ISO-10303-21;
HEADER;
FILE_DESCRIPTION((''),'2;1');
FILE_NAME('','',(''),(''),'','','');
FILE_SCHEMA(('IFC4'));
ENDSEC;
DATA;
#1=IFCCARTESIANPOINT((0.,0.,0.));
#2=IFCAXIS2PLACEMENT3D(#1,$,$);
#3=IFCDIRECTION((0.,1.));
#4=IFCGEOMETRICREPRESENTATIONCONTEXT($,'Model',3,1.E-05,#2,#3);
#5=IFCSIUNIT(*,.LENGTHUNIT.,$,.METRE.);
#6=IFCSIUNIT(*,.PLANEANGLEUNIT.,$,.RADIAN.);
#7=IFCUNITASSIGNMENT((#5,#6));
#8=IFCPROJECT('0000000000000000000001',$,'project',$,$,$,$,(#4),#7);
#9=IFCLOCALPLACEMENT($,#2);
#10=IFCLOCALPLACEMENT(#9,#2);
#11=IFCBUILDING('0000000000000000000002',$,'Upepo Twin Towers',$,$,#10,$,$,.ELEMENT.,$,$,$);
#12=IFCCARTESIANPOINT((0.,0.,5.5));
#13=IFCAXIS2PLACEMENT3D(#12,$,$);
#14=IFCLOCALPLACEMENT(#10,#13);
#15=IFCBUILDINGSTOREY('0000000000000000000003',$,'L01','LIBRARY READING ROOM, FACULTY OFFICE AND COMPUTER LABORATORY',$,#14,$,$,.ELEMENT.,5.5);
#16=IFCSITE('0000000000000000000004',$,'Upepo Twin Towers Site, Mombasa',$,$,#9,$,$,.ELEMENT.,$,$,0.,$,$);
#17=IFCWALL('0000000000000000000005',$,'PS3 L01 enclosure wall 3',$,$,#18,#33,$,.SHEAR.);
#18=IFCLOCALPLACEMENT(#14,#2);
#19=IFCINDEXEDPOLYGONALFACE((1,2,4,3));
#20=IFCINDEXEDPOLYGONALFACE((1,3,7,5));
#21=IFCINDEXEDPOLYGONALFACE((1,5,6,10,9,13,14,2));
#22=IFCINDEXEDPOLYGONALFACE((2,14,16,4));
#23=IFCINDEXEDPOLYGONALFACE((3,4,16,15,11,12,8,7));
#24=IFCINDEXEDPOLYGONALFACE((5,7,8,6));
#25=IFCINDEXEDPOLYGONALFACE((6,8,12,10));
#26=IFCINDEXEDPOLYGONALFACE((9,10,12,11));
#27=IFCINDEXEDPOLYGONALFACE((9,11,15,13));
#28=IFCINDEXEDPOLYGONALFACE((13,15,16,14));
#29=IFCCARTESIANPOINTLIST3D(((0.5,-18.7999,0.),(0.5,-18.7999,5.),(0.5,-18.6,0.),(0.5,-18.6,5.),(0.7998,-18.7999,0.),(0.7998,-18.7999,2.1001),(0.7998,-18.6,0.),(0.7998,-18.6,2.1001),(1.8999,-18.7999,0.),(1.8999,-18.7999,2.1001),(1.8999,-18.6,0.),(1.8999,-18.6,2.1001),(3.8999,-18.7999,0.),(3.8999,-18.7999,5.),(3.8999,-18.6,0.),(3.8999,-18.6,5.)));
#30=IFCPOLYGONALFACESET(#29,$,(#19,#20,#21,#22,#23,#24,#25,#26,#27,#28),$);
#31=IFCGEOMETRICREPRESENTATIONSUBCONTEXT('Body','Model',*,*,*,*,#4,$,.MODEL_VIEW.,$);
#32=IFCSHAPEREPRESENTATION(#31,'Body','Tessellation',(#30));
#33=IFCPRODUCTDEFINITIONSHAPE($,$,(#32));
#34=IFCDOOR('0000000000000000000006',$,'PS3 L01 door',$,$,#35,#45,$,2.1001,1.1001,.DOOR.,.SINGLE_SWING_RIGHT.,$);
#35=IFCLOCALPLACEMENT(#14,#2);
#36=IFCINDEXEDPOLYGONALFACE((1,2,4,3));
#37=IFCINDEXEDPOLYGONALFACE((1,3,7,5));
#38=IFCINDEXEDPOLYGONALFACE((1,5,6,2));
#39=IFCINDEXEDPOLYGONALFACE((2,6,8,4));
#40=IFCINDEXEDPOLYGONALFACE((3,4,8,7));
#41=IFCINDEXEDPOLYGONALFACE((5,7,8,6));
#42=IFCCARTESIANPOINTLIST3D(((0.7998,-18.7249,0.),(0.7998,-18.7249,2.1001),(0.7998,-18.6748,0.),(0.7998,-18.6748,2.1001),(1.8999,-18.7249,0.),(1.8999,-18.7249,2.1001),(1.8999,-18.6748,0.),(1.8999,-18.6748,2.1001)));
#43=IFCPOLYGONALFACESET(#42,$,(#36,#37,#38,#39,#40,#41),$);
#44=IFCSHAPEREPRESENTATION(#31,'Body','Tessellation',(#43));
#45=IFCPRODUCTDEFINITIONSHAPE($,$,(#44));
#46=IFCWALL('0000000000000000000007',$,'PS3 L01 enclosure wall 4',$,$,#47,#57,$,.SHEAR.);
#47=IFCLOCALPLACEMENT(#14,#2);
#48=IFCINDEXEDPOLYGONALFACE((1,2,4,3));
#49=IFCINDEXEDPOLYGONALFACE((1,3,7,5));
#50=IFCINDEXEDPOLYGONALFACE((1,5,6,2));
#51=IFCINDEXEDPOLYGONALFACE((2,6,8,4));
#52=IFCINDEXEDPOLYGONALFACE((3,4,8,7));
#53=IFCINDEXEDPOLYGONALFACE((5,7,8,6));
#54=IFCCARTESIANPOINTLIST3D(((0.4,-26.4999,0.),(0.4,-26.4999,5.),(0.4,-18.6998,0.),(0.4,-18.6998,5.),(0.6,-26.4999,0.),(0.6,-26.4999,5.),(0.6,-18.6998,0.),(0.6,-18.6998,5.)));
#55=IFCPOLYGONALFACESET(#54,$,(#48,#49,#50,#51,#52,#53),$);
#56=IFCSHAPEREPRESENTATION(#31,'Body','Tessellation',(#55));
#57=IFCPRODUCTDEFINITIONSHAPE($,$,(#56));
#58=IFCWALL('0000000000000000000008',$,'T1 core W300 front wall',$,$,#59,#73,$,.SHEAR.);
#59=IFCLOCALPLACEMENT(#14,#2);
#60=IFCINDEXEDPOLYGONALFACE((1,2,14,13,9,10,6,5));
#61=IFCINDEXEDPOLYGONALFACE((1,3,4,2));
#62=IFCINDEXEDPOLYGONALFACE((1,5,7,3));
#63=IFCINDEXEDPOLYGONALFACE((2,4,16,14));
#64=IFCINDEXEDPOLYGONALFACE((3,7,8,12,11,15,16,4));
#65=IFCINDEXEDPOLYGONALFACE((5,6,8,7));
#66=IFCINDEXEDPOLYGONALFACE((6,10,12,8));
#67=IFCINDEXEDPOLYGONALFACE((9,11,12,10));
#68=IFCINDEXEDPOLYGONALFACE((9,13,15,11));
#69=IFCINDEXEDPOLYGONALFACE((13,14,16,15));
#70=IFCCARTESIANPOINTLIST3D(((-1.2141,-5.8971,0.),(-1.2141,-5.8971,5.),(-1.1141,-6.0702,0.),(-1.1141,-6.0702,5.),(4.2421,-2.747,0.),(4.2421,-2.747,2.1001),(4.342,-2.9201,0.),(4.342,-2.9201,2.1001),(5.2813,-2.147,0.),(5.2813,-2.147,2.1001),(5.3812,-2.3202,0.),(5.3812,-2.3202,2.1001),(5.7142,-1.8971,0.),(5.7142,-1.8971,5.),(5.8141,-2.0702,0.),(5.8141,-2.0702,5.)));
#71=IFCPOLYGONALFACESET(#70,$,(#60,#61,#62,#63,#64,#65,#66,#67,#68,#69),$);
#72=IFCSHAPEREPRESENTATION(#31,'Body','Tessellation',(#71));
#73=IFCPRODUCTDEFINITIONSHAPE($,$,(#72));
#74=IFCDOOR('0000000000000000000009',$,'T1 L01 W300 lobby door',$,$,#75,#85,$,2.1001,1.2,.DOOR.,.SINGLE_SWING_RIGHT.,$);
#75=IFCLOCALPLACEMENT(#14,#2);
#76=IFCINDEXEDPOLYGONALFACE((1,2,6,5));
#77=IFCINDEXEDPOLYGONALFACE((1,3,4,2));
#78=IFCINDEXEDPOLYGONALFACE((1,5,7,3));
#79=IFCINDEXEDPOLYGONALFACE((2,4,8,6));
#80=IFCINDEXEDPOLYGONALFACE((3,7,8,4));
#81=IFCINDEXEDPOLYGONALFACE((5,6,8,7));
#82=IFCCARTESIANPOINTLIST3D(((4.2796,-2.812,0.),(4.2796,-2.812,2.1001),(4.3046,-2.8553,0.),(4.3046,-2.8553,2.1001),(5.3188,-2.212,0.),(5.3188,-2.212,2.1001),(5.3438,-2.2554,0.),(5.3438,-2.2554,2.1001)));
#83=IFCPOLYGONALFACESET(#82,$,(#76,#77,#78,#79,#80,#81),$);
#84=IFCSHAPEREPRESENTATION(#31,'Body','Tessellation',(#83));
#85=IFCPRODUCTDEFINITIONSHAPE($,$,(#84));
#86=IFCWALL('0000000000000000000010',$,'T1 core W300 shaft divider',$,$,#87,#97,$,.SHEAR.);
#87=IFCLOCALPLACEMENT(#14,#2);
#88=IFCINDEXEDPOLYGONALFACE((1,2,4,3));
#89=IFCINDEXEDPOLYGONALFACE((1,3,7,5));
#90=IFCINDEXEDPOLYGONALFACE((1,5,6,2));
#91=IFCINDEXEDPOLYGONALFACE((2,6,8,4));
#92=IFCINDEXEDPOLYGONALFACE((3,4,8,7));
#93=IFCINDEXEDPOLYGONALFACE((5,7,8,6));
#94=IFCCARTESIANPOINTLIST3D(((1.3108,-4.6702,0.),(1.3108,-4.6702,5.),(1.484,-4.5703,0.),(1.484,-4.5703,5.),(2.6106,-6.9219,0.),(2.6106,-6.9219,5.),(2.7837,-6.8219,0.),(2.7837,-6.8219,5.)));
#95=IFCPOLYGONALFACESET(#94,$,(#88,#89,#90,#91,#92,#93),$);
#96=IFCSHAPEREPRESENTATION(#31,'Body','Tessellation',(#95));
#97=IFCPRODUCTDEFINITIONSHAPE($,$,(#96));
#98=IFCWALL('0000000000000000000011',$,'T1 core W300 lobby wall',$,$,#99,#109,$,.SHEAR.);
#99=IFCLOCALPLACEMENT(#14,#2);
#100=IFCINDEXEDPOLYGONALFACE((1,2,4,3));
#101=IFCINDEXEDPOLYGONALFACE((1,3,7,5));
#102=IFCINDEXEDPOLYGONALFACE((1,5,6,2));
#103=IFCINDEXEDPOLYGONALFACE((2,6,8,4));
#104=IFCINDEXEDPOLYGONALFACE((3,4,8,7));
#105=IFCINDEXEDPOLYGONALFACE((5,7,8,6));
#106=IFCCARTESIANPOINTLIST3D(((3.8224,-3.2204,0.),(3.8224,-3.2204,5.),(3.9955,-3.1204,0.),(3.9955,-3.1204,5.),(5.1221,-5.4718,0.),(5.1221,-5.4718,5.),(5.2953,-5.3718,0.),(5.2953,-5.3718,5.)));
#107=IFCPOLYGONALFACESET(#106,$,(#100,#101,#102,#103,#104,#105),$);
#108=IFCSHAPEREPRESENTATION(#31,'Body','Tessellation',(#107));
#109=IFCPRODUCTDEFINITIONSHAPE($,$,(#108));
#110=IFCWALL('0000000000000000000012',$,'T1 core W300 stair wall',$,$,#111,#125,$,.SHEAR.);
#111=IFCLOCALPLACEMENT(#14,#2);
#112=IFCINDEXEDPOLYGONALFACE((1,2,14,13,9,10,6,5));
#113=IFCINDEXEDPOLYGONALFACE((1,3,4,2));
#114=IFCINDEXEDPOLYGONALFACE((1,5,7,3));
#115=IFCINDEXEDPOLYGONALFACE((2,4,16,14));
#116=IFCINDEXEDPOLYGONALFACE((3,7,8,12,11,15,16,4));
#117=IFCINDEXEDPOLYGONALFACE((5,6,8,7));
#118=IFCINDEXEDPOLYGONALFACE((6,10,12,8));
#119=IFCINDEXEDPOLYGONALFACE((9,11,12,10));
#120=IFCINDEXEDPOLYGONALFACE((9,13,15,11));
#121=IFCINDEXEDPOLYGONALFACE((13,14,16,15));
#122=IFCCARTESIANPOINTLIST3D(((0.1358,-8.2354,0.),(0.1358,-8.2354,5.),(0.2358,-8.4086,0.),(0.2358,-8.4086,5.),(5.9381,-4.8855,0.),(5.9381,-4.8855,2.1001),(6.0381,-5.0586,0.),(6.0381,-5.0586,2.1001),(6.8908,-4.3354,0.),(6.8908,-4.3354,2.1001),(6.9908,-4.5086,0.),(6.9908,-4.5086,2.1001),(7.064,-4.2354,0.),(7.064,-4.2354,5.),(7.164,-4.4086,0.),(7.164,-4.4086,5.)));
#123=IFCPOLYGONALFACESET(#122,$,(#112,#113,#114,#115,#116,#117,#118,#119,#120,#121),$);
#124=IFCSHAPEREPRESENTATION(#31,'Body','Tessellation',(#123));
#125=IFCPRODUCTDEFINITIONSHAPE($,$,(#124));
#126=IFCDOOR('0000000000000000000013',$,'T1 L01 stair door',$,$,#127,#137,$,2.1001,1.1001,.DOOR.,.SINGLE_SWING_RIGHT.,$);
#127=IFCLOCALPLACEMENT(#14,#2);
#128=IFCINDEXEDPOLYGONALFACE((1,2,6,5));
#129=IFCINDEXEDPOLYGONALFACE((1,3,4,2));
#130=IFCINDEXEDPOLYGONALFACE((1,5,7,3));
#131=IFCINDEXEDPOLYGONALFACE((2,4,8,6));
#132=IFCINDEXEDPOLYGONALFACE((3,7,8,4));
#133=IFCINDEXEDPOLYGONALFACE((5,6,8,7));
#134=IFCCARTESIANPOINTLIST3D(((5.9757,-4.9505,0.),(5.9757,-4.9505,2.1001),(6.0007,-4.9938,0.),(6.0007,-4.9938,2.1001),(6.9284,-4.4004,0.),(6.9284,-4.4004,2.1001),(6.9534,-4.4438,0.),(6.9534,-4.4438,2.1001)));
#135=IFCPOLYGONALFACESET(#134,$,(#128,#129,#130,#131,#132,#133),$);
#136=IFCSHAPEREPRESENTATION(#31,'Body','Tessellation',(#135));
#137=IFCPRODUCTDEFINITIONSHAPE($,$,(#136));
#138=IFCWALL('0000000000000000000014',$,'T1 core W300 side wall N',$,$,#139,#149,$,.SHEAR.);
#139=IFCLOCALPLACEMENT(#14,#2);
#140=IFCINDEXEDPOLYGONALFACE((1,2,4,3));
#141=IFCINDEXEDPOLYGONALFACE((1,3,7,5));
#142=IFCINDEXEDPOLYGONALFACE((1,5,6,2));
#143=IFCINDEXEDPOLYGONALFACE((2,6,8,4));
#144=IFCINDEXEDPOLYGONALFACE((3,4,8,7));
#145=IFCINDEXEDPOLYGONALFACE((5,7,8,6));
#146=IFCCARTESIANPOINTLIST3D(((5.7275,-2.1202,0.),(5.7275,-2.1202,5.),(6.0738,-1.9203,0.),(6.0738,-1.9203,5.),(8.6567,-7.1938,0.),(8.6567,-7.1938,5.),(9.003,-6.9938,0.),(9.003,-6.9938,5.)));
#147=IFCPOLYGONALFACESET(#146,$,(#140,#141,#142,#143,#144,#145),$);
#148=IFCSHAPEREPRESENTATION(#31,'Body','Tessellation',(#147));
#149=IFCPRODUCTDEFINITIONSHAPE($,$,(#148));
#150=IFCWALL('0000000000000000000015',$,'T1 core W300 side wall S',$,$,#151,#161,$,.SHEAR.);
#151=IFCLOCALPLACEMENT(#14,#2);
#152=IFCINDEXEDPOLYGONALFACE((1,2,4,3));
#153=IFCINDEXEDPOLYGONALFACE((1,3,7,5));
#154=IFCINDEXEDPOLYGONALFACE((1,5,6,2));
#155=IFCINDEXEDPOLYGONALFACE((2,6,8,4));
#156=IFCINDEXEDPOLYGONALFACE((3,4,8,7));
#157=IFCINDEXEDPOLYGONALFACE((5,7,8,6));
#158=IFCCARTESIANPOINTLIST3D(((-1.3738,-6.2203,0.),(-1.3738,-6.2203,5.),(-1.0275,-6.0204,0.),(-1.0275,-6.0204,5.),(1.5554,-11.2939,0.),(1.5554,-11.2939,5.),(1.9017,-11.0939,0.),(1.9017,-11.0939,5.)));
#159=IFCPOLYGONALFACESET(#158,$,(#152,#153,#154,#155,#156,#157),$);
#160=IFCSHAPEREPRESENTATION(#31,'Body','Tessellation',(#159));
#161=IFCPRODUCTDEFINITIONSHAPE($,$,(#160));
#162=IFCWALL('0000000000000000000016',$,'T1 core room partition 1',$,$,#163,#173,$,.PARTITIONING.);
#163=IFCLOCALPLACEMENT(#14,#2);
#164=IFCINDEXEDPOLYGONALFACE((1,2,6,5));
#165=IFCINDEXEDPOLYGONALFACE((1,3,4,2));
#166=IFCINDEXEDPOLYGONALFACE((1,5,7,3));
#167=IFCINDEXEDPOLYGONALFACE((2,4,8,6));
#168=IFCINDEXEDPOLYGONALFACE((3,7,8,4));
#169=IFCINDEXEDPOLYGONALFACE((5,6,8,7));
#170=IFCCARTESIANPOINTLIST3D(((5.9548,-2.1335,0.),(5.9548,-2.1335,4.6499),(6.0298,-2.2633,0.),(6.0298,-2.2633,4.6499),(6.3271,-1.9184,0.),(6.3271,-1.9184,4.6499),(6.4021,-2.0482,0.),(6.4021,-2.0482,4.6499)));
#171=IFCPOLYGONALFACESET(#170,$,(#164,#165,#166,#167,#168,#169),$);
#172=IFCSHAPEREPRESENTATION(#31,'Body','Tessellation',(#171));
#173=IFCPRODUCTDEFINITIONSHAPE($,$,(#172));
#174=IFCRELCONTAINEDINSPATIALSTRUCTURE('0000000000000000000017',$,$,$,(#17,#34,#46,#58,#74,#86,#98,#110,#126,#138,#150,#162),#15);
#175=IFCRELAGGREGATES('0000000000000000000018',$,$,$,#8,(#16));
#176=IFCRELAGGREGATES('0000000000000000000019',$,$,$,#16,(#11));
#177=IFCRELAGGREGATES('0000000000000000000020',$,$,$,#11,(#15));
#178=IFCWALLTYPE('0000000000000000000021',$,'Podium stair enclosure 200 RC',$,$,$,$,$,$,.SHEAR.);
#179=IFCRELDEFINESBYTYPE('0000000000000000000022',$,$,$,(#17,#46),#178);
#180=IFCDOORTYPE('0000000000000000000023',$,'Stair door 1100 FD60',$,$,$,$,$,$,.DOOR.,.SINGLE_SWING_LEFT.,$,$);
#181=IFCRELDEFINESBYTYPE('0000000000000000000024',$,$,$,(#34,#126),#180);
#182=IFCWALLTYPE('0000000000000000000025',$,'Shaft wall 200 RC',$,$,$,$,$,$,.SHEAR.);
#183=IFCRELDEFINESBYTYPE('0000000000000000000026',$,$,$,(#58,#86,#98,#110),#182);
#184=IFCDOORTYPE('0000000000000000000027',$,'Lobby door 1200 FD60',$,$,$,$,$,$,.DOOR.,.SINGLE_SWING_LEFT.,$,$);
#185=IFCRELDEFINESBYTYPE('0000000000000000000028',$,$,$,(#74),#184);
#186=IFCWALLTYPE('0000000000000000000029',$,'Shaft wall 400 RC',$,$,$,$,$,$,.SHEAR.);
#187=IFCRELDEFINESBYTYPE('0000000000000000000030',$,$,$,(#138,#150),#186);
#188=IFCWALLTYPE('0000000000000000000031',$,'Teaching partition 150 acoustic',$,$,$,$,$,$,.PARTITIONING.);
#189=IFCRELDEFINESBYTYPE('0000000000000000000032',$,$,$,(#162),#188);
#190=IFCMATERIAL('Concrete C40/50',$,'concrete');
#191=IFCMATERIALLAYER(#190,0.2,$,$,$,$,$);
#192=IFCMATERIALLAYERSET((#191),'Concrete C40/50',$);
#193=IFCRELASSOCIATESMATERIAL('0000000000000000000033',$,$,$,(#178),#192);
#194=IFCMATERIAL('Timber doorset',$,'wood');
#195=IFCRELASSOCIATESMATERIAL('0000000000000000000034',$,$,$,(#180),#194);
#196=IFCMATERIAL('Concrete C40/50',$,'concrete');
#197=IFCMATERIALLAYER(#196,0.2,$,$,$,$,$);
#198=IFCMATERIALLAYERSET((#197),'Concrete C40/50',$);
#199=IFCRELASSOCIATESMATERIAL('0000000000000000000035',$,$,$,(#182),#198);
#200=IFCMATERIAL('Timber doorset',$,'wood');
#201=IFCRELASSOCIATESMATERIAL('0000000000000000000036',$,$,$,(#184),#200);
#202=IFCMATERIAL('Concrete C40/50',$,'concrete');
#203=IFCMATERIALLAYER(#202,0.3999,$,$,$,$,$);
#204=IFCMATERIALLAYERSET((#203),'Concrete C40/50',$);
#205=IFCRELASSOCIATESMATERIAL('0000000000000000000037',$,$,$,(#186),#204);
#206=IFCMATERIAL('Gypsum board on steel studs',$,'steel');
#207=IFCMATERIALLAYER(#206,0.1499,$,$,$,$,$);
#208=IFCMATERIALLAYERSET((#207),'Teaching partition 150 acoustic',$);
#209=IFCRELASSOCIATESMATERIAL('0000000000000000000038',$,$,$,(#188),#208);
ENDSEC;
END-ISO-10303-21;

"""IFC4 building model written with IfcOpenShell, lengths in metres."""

from ifc_helpers import new_model, si_unit, direction, frame, frame_2d, origin, place, context, subcontext, project, spatial, rectangle, extrude, material, layer, layer_set, type_object, element, fill, save


model = new_model("IFC4")

# Units and contexts
model_context = context("Model", 3, precision=1e-05, world=origin(), true_north=direction((0.0, 1.0)))
body_context = subcontext(model_context, "Body", "Model", "MODEL_VIEW")
ifc_project = project(units=[si_unit("LENGTHUNIT", "METRE"), si_unit("PLANEANGLEUNIT", "RADIAN")], contexts=[model_context])

# Site, building, storey
site_placement = place(None, origin())
site = spatial("IfcSite", under=ifc_project, at=site_placement, Name="Upepo Twin Towers Site, Mombasa", CompositionType="ELEMENT", RefElevation=0.0)
building_placement = place(site_placement, origin())
building = spatial("IfcBuilding", under=site, at=building_placement, Name="Upepo Twin Towers", CompositionType="ELEMENT")
storey_placement = place(building_placement, frame((0.0, 0.0, 5.5)))
storey = spatial("IfcBuildingStorey", under=building, at=storey_placement, Name="L01", Description="LIBRARY READING ROOM, FACULTY OFFICE AND COMPUTER LABORATORY", CompositionType="ELEMENT", Elevation=5.5)

# Wall, opening, door
ifc_material_1 = material(Name="Concrete C40/50", Category="concrete")
ifc_layer_1 = layer(ifc_material_1, 0.2)
ifc_layer_set_1 = layer_set([ifc_layer_1], Name="Concrete C40/50")
wall_type_1 = type_object("IfcWallType", Name="Podium stair enclosure 200 RC", PredefinedType="SHEAR", material=ifc_layer_set_1)
wall_1_placement = place(storey_placement, frame((3.8999, -18.7, 0.0), z_axis=(0.0, 0.0, 1.0), x_axis=(-1.0, 0.0, 0.0)))
wall_1 = element("IfcWall", 1, at=wall_1_placement, inside=storey, type_object=wall_type_1, Name="PS3 L01 enclosure wall 3", PredefinedType="SHEAR", context=body_context, shape_type="SweptSolid", body=[
    extrude(rectangle(XDim=3.3999, YDim=0.2, at=frame_2d((1.7, 0.0))), origin(), (0.0, 0.0, 1.0), 5.0),
])
opening_1_placement = place(wall_1_placement, frame((2.0, 0.0, 0.0)))
opening_1 = element("IfcOpeningElement", 2, at=opening_1_placement, cuts=wall_1, PredefinedType="OPENING", context=body_context, shape_type="SweptSolid", body=[
    extrude(rectangle(XDim=1.1001, YDim=2.1001, at=frame_2d((0.55, 1.05))), frame((0.0, 0.1099, 0.0), z_axis=(0.0, -1.0, 0.0), x_axis=(1.0, 0.0, 0.0)), (0.0, 0.0, 1.0), 0.22),
])
ifc_material_2 = material(Name="Timber doorset", Category="wood")
door_type_1 = type_object("IfcDoorType", Name="Stair door 1100 FD60", OperationType="SINGLE_SWING_LEFT", PredefinedType="DOOR", material=ifc_material_2)
door_1_placement = place(opening_1_placement, origin())
door_1 = element("IfcDoor", 3, at=door_1_placement, inside=storey, type_object=door_type_1, Name="PS3 L01 door", OperationType="SINGLE_SWING_RIGHT", OverallHeight=2.1001, OverallWidth=1.1001, PredefinedType="DOOR", context=body_context, shape_type="SweptSolid", body=[
    extrude(rectangle(XDim=1.1001, YDim=2.1001, at=frame_2d((0.55, 1.05))), frame((0.0, 0.0249, 0.0), z_axis=(0.0, -1.0, 0.0), x_axis=(1.0, 0.0, 0.0)), (0.0, 0.0, 1.0), 0.05),
])
fill(opening_1, door_1)

# Wall
wall_2_placement = place(storey_placement, frame((0.5, -18.7, 0.0), z_axis=(0.0, 0.0, 1.0), x_axis=(0.0, -1.0, 0.0)))
element("IfcWall", 4, at=wall_2_placement, inside=storey, type_object=wall_type_1, Name="PS3 L01 enclosure wall 4", PredefinedType="SHEAR", context=body_context, shape_type="SweptSolid", body=[
    extrude(rectangle(XDim=7.8, YDim=0.2, at=frame_2d((3.8999, 0.0))), origin(), (0.0, 0.0, 1.0), 5.0),
])

# Wall, opening, door
ifc_material_3 = material(Name="Concrete C40/50", Category="concrete")
ifc_layer_2 = layer(ifc_material_3, 0.2)
ifc_layer_set_2 = layer_set([ifc_layer_2], Name="Concrete C40/50")
wall_type_2 = type_object("IfcWallType", Name="Shaft wall 200 RC", PredefinedType="SHEAR", material=ifc_layer_set_2)
wall_3_placement = place(storey_placement, frame((-1.1641, -5.9836, 0.0), z_axis=(0.0, 0.0, 1.0), x_axis=(0.866026, 0.499999, 0.0)))
wall_3 = element("IfcWall", 5, at=wall_3_placement, inside=storey, type_object=wall_type_2, Name="T1 core W300 front wall", PredefinedType="SHEAR", context=body_context, shape_type="SweptSolid", body=[
    extrude(rectangle(XDim=8.0, YDim=0.2, at=frame_2d((4.0, 0.0))), origin(), (0.0, 0.0, 1.0), 5.0),
])
opening_2_placement = place(wall_3_placement, frame((6.3, 0.0, 0.0)))
opening_2 = element("IfcOpeningElement", 6, at=opening_2_placement, cuts=wall_3, PredefinedType="OPENING", context=body_context, shape_type="SweptSolid", body=[
    extrude(rectangle(XDim=1.2, YDim=2.1001, at=frame_2d((0.6001, 1.05))), frame((0.0, 0.1099, 0.0), z_axis=(0.0, -1.0, 0.0), x_axis=(1.0, 0.0, 0.0)), (0.0, 0.0, 1.0), 0.22),
])
ifc_material_4 = material(Name="Timber doorset", Category="wood")
door_type_2 = type_object("IfcDoorType", Name="Lobby door 1200 FD60", OperationType="SINGLE_SWING_LEFT", PredefinedType="DOOR", material=ifc_material_4)
door_2_placement = place(opening_2_placement, origin())
door_2 = element("IfcDoor", 7, at=door_2_placement, inside=storey, type_object=door_type_2, Name="T1 L01 W300 lobby door", OperationType="SINGLE_SWING_RIGHT", OverallHeight=2.1001, OverallWidth=1.2, PredefinedType="DOOR", context=body_context, shape_type="SweptSolid", body=[
    extrude(rectangle(XDim=1.2, YDim=2.1001, at=frame_2d((0.6001, 1.05))), frame((0.0, 0.0249, 0.0), z_axis=(0.0, -1.0, 0.0), x_axis=(1.0, 0.0, 0.0)), (0.0, 0.0, 1.0), 0.05),
])
fill(opening_2, door_2)

# Walls
wall_4_placement = place(storey_placement, frame((1.3975, -4.6204, 0.0), z_axis=(0.0, 0.0, 1.0), x_axis=(0.499937, -0.866062, 0.0)))
element("IfcWall", 8, at=wall_4_placement, inside=storey, type_object=wall_type_2, Name="T1 core W300 shaft divider", PredefinedType="SHEAR", context=body_context, shape_type="SweptSolid", body=[
    extrude(rectangle(XDim=2.5999, YDim=0.2, at=frame_2d((1.2998, 0.0))), origin(), (0.0, 0.0, 1.0), 5.0),
])
wall_5_placement = place(storey_placement, frame((3.9089, -3.1704, 0.0), z_axis=(0.0, 0.0, 1.0), x_axis=(0.499977, -0.866039, 0.0)))
element("IfcWall", 9, at=wall_5_placement, inside=storey, type_object=wall_type_2, Name="T1 core W300 lobby wall", PredefinedType="SHEAR", context=body_context, shape_type="SweptSolid", body=[
    extrude(rectangle(XDim=2.5996, YDim=0.2, at=frame_2d((1.2998, 0.0))), origin(), (0.0, 0.0, 1.0), 5.0),
])

# Wall, opening, door
wall_6_placement = place(storey_placement, frame((0.1858, -8.322, 0.0), z_axis=(0.0, 0.0, 1.0), x_axis=(0.866026, 0.499999, 0.0)))
wall_6 = element("IfcWall", 10, at=wall_6_placement, inside=storey, type_object=wall_type_2, Name="T1 core W300 stair wall", PredefinedType="SHEAR", context=body_context, shape_type="SweptSolid", body=[
    extrude(rectangle(XDim=8.0, YDim=0.2, at=frame_2d((4.0, 0.0))), origin(), (0.0, 0.0, 1.0), 5.0),
])
opening_3_placement = place(wall_6_placement, frame((6.7, 0.0, 0.0)))
opening_3 = element("IfcOpeningElement", 11, at=opening_3_placement, cuts=wall_6, PredefinedType="OPENING", context=body_context, shape_type="SweptSolid", body=[
    extrude(rectangle(XDim=1.1001, YDim=2.1001, at=frame_2d((0.55, 1.05))), frame((0.0, 0.1099, 0.0), z_axis=(0.0, -1.0, 0.0), x_axis=(1.0, 0.0, 0.0)), (0.0, 0.0, 1.0), 0.22),
])
door_3_placement = place(opening_3_placement, origin())
door_3 = element("IfcDoor", 12, at=door_3_placement, inside=storey, type_object=door_type_1, Name="T1 L01 stair door", OperationType="SINGLE_SWING_RIGHT", OverallHeight=2.1001, OverallWidth=1.1001, PredefinedType="DOOR", context=body_context, shape_type="SweptSolid", body=[
    extrude(rectangle(XDim=1.1001, YDim=2.1001, at=frame_2d((0.55, 1.05))), frame((0.0, 0.0249, 0.0), z_axis=(0.0, -1.0, 0.0), x_axis=(1.0, 0.0, 0.0)), (0.0, 0.0, 1.0), 0.05),
])
fill(opening_3, door_3)

# Walls
ifc_material_5 = material(Name="Concrete C40/50", Category="concrete")
ifc_layer_3 = layer(ifc_material_5, 0.3999)
ifc_layer_set_3 = layer_set([ifc_layer_3], Name="Concrete C40/50")
wall_type_3 = type_object("IfcWallType", Name="Shaft wall 400 RC", PredefinedType="SHEAR", material=ifc_layer_set_3)
for number, where, z_axis, x_axis, name in (
    (13, (5.9006, -2.0203, 0.0), (0.0, 0.0, 1.0), (0.500003, -0.866024, 0.0), "T1 core W300 side wall N"),
    (14, (-1.2007, -6.1204, 0.0), (0.0, 0.0, 1.0), (0.500003, -0.866024, 0.0), "T1 core W300 side wall S"),
):
    element("IfcWall", number, at=place(storey_placement, frame(where, z_axis=z_axis, x_axis=x_axis)), inside=storey, type_object=wall_type_3, Name=name, PredefinedType="SHEAR", context=body_context, shape_type="SweptSolid", body=[
        extrude(rectangle(XDim=5.8584, YDim=0.3999, at=frame_2d((2.9292, 0.0))), origin(), (0.0, 0.0, 1.0), 5.0),
    ])
ifc_material_6 = material(Name="Gypsum board on steel studs", Category="steel")
ifc_layer_4 = layer(ifc_material_6, 0.1499)
ifc_layer_set_4 = layer_set([ifc_layer_4], Name="Teaching partition 150 acoustic")
wall_type_4 = type_object("IfcWallType", Name="Teaching partition 150 acoustic", PredefinedType="PARTITIONING", material=ifc_layer_set_4)
for number, where, z_axis, x_axis, name in (
    (15, (6.3645, -1.9834, 0.0), (0.0, 0.0, 1.0), (-0.865892, -0.50023, 0.0), "T1 core room partition 1"),
):
    element("IfcWall", number, at=place(storey_placement, frame(where, z_axis=z_axis, x_axis=x_axis)), inside=storey, type_object=wall_type_4, Name=name, PredefinedType="PARTITIONING", context=body_context, shape_type="SweptSolid", body=[
        extrude(rectangle(XDim=0.4299, YDim=0.1499, at=frame_2d((0.2148, 0.0))), origin(), (0.0, 0.0, 1.0), 4.6499),
    ])

save(model, "model.ifc")
